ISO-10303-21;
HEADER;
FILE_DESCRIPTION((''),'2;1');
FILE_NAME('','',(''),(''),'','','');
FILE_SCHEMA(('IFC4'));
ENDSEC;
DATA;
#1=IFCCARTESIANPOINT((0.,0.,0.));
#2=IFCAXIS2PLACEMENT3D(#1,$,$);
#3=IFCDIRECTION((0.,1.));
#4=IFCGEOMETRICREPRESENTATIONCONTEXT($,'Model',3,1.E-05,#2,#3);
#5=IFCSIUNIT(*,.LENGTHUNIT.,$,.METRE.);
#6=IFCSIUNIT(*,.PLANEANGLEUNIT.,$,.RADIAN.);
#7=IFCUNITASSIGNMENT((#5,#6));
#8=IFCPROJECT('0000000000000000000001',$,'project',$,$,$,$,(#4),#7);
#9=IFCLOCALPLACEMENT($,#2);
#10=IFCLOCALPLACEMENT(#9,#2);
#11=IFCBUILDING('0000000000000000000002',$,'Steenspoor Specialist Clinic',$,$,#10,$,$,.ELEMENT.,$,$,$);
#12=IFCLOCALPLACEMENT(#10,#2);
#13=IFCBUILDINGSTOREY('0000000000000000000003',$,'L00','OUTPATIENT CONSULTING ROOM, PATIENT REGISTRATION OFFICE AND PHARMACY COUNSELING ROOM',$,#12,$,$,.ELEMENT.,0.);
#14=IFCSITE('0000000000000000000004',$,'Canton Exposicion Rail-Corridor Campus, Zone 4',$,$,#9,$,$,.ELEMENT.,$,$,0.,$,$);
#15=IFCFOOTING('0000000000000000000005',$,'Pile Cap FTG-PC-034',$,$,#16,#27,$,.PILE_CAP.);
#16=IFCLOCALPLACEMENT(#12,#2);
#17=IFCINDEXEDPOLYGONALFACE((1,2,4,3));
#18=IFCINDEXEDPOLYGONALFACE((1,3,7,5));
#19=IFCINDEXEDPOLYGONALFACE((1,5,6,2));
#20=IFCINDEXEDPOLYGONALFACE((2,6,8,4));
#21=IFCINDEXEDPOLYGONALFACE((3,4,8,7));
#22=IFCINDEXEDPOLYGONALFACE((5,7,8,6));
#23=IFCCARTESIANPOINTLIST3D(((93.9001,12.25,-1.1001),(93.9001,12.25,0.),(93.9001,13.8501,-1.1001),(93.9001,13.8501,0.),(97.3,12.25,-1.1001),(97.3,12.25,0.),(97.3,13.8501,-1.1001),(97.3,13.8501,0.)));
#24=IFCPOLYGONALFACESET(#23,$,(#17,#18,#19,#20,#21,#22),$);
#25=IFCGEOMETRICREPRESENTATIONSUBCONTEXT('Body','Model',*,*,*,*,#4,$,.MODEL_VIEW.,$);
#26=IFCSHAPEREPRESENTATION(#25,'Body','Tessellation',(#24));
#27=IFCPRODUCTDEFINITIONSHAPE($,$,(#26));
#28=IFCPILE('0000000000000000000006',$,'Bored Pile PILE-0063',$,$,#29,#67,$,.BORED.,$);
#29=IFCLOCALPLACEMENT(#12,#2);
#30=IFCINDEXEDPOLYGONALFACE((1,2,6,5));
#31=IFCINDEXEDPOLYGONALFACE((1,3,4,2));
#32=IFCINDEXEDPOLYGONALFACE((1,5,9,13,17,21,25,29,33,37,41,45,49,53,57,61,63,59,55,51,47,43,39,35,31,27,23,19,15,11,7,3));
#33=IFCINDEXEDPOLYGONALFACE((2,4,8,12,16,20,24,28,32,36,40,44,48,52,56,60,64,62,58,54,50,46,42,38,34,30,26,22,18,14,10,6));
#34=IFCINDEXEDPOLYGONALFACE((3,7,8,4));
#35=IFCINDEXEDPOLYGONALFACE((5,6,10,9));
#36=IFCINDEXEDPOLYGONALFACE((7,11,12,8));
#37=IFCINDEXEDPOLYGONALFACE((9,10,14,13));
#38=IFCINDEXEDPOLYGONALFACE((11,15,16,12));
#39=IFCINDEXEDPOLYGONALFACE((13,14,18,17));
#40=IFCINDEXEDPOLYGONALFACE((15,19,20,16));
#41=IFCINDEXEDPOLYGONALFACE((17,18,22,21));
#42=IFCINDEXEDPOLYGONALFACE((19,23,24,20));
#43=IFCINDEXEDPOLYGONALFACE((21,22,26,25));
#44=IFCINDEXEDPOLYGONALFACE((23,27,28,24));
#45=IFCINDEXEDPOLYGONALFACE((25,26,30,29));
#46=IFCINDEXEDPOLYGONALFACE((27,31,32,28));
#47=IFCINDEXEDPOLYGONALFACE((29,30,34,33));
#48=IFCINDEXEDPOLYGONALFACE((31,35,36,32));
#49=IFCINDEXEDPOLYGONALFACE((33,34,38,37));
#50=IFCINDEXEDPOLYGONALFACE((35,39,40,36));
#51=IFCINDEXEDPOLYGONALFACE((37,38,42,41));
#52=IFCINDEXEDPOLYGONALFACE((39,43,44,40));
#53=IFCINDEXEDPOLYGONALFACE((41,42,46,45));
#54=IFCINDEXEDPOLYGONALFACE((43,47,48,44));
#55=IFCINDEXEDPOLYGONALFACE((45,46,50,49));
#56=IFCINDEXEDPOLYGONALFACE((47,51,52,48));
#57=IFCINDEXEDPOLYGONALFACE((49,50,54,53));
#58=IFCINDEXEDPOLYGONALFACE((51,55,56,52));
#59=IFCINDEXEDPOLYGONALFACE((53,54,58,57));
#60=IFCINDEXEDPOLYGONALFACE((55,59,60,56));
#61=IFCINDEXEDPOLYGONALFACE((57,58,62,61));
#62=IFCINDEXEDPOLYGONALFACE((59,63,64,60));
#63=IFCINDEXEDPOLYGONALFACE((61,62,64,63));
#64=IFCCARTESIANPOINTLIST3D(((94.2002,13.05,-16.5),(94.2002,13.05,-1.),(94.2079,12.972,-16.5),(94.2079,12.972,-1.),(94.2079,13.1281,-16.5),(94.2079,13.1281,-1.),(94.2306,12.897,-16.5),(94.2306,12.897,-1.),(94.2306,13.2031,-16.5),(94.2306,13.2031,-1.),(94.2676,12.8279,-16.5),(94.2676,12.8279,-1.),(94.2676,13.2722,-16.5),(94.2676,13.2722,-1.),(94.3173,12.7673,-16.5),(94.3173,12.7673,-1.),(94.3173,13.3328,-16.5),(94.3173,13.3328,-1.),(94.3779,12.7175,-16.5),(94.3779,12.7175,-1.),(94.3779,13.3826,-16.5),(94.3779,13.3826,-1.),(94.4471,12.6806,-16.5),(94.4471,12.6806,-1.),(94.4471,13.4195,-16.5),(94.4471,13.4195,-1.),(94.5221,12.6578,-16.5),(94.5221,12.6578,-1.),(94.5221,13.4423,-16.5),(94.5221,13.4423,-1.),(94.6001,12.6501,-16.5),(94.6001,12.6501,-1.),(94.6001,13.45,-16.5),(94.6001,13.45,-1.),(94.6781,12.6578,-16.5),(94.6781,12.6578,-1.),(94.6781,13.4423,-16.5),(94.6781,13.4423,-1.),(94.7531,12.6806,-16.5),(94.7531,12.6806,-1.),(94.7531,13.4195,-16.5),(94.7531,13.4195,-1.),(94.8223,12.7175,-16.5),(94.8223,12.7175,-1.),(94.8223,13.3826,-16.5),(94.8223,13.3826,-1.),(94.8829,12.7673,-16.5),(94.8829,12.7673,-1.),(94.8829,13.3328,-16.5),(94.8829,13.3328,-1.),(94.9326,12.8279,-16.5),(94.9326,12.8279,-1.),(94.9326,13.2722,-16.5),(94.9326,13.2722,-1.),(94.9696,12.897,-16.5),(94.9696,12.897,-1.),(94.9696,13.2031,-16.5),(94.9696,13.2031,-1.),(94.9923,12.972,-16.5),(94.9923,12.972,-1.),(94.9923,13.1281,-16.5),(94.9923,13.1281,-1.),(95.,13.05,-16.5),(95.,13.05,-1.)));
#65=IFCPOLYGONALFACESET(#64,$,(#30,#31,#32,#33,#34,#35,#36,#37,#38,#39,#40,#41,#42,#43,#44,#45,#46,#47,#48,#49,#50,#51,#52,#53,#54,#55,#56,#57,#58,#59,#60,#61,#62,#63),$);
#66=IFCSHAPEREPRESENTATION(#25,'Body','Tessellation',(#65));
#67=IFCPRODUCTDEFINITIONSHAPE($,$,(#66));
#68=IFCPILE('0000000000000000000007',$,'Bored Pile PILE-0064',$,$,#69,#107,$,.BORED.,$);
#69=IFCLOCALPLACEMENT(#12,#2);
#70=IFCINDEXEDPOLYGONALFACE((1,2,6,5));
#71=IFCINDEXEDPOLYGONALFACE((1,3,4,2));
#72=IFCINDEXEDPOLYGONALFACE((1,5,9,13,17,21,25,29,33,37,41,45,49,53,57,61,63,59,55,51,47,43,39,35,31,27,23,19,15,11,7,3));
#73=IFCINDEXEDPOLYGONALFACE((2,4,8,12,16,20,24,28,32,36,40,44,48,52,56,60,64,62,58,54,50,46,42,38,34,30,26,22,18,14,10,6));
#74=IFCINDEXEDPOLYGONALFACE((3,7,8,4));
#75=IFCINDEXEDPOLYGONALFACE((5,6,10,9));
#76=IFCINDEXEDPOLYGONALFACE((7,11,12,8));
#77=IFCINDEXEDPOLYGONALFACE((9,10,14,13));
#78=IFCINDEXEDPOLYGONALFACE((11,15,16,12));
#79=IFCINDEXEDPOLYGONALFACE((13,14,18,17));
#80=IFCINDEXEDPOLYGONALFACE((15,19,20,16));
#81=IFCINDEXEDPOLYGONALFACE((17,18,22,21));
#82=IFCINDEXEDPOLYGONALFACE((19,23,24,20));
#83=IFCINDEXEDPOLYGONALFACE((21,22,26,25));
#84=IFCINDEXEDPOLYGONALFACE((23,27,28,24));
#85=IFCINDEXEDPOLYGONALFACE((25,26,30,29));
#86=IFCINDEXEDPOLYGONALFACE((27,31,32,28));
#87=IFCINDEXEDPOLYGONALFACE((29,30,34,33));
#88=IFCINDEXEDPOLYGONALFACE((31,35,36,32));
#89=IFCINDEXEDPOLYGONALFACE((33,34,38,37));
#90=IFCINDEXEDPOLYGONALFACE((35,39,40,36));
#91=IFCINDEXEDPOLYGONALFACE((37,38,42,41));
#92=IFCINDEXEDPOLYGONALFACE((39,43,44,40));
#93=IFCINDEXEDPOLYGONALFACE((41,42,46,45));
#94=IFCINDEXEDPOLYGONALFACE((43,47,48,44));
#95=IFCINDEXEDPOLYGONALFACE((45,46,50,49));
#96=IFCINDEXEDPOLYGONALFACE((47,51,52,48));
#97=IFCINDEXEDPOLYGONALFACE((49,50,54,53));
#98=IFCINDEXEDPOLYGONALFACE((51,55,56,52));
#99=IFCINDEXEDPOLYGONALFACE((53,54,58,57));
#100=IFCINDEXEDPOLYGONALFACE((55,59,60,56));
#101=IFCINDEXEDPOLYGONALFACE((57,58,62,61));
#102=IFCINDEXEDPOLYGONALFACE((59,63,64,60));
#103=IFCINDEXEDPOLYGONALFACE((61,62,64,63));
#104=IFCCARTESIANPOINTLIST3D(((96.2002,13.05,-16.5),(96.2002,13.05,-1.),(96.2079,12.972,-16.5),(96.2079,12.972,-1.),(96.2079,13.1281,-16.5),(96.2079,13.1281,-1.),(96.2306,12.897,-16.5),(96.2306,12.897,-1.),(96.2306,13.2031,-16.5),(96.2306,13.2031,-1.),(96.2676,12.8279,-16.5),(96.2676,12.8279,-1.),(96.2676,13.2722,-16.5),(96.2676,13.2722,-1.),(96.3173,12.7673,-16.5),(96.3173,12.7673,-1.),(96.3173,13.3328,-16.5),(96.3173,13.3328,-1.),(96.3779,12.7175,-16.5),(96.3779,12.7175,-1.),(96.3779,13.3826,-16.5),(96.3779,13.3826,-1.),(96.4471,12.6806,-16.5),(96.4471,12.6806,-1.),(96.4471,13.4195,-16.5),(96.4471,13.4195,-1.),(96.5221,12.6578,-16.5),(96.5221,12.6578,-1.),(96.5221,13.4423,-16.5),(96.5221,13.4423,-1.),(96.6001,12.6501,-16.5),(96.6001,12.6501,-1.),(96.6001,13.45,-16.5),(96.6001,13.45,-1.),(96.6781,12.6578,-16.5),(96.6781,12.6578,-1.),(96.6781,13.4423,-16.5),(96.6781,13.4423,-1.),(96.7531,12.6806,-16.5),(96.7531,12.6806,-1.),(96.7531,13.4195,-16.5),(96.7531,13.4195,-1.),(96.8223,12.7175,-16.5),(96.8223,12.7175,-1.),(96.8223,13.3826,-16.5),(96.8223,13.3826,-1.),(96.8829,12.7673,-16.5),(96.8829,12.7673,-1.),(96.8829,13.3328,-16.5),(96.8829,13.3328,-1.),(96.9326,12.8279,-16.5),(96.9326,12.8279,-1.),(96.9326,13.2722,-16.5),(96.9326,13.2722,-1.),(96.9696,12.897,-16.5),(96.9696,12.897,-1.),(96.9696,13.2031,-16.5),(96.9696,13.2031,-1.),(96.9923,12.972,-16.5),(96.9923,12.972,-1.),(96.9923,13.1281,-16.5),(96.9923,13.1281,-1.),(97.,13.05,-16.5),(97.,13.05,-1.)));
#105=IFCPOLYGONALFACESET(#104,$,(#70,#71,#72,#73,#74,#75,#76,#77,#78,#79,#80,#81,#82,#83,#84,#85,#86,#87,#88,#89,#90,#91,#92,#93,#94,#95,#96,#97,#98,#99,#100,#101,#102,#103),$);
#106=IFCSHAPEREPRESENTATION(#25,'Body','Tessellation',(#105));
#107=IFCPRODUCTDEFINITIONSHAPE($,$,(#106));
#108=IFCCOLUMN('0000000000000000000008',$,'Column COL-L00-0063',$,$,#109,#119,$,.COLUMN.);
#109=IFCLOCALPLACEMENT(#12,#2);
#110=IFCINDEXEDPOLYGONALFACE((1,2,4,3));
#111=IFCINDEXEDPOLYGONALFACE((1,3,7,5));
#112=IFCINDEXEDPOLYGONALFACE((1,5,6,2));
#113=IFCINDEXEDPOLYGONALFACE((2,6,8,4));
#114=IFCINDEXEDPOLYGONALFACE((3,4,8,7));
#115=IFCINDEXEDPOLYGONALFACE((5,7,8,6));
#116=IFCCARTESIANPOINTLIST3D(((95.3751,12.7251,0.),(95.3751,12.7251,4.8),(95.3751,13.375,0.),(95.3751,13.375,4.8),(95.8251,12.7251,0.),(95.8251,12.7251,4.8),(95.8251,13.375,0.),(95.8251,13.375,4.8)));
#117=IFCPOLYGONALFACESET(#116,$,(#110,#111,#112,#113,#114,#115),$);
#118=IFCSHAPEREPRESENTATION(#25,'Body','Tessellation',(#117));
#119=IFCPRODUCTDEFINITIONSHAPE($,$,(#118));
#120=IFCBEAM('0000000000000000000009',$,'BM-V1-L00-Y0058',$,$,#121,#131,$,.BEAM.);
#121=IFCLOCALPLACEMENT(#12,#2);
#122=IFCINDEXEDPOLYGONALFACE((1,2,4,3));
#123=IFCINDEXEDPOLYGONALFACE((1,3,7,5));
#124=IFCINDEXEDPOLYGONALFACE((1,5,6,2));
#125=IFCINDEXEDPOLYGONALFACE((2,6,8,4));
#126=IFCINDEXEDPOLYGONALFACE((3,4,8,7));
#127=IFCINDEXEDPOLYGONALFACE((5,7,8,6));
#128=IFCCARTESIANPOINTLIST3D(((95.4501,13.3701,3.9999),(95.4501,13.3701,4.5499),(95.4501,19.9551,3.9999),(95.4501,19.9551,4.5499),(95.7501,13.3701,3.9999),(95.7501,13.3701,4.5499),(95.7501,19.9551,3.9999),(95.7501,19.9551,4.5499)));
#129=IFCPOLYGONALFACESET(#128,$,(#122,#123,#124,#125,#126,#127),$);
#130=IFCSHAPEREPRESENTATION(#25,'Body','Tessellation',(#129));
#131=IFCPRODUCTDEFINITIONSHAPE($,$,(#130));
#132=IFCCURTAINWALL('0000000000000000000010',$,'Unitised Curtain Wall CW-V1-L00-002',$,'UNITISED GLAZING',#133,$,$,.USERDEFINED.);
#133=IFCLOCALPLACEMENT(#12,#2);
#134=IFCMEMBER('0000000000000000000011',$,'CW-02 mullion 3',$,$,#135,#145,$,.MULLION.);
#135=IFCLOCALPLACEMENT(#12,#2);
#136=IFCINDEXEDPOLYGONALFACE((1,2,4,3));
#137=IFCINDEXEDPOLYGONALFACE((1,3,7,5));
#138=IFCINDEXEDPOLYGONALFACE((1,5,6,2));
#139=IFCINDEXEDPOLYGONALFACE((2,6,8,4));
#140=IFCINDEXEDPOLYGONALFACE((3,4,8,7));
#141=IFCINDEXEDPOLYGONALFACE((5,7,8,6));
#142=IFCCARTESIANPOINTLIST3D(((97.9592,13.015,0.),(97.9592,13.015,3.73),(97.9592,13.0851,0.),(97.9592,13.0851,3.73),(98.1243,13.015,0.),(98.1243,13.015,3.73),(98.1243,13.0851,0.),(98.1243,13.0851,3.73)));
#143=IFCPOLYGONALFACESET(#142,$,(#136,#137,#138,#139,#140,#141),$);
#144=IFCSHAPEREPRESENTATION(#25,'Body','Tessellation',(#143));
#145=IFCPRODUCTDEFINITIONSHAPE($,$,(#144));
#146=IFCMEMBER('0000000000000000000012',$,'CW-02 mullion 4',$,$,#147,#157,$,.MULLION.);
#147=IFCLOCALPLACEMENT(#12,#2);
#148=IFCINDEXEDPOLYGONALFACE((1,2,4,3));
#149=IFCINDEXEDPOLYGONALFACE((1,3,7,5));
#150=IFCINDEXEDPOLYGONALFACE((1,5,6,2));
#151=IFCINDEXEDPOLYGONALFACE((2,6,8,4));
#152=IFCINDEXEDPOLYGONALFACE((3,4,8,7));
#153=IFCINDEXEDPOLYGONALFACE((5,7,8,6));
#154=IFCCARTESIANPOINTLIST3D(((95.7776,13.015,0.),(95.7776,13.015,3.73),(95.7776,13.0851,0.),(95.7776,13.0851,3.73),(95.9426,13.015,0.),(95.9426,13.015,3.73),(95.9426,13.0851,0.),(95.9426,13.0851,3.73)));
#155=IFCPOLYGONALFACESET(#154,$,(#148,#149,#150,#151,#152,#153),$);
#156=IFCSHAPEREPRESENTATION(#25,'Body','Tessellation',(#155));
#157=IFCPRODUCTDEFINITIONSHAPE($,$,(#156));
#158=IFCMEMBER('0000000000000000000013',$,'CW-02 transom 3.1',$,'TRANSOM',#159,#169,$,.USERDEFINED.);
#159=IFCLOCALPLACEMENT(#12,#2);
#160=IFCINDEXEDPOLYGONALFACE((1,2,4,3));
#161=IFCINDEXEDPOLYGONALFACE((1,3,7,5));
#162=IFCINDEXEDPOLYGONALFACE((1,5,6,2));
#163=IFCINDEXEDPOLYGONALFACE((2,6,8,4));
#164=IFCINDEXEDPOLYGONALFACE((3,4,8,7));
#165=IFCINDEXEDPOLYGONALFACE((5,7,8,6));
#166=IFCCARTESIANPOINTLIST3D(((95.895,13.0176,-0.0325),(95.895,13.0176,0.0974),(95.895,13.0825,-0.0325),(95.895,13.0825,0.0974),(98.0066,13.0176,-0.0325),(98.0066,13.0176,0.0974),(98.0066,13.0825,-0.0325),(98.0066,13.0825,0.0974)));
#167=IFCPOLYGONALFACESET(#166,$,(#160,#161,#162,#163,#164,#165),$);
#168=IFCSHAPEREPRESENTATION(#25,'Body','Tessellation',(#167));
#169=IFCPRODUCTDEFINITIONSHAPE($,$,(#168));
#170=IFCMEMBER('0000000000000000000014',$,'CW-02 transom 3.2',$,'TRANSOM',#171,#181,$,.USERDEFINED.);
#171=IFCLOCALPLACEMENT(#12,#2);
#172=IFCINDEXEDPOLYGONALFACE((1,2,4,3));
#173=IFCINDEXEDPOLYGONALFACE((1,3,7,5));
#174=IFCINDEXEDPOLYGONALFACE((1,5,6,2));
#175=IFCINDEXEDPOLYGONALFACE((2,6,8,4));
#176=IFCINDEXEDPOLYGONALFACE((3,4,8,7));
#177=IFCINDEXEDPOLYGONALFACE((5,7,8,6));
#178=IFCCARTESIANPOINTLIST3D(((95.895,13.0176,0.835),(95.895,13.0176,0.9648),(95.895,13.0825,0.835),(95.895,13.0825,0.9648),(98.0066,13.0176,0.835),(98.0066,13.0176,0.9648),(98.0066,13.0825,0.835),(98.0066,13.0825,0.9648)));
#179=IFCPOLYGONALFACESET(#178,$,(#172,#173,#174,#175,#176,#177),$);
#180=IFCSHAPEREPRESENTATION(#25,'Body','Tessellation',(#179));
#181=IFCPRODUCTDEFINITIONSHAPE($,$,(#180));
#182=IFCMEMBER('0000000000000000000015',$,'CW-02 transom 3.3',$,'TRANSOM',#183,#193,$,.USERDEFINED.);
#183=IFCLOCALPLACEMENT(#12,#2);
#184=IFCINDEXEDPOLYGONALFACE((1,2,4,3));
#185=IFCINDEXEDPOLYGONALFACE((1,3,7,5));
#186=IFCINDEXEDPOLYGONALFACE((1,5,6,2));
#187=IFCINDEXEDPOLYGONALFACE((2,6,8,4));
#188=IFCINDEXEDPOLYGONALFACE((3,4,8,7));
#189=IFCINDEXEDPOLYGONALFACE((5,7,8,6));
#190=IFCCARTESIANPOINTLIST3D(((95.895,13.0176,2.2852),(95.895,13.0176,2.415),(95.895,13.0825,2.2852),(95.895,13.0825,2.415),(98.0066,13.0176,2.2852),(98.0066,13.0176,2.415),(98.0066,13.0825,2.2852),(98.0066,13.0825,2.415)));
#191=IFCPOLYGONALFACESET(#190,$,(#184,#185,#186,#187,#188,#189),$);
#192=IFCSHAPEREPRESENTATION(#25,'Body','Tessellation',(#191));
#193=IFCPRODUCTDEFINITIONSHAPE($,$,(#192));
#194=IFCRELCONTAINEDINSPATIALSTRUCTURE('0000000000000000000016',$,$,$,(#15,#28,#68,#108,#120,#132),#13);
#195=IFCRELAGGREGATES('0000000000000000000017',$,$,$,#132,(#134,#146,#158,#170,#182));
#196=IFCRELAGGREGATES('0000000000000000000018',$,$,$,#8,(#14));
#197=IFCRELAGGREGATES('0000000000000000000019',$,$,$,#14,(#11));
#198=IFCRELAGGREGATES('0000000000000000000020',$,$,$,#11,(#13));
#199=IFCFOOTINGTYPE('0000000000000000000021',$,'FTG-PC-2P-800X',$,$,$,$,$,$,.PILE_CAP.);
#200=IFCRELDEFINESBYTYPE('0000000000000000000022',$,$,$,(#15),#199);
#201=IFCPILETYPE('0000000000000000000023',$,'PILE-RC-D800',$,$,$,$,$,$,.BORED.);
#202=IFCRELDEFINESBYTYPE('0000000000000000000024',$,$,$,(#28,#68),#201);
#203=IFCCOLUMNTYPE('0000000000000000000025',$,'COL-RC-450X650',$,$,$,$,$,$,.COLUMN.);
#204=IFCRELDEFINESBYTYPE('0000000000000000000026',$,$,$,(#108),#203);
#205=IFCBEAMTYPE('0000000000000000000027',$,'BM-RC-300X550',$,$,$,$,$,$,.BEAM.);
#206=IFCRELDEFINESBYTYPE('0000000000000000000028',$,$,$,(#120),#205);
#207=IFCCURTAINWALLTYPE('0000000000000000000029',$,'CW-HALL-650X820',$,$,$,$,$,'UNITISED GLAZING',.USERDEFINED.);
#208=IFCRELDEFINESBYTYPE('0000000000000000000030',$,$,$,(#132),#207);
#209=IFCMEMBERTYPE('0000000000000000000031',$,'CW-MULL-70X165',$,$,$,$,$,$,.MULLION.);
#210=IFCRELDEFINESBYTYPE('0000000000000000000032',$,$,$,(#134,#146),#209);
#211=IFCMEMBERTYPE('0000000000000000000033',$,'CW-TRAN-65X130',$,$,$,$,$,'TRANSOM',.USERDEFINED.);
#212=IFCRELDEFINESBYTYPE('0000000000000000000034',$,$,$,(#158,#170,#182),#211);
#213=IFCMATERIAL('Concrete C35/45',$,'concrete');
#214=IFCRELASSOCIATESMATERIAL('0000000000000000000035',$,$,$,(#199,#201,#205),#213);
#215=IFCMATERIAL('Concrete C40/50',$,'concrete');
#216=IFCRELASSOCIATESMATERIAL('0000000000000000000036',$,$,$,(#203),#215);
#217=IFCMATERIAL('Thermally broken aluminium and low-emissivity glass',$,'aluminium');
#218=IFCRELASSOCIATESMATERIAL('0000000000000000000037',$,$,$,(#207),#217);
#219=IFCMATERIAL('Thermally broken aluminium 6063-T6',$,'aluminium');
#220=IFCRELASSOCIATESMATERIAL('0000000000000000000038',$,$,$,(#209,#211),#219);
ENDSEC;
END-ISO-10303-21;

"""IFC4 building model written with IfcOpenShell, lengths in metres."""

from ifc_helpers import new_model, si_unit, direction, frame, origin, origin_2d, place, context, subcontext, project, spatial, rectangle, circle, extrude, material, material_profile, profile_set, type_object, element, aggregate, save


model = new_model("IFC4")

# Units and contexts
model_context = context("Model", 3, precision=1e-05, world=origin(), true_north=direction((0.0, 1.0)))
body_context = subcontext(model_context, "Body", "Model", "MODEL_VIEW")
ifc_project = project(units=[si_unit("LENGTHUNIT", "METRE"), si_unit("PLANEANGLEUNIT", "RADIAN")], contexts=[model_context])

# Site, building, storey
site_placement = place(None, origin())
site = spatial("IfcSite", under=ifc_project, at=site_placement, Name="Canton Exposicion Rail-Corridor Campus, Zone 4", CompositionType="ELEMENT", RefElevation=0.0)
building_placement = place(site_placement, origin())
building = spatial("IfcBuilding", under=site, at=building_placement, Name="Steenspoor Specialist Clinic", CompositionType="ELEMENT")
storey_placement = place(building_placement, origin())
storey = spatial("IfcBuildingStorey", under=building, at=storey_placement, Name="L00", Description="OUTPATIENT CONSULTING ROOM, PATIENT REGISTRATION OFFICE AND PHARMACY COUNSELING ROOM", CompositionType="ELEMENT", Elevation=0.0)

# Footing
ifc_material_1 = material(Name="Concrete C35/45", Category="concrete")
footing_type = type_object("IfcFootingType", Name="FTG-PC-2P-800X", PredefinedType="PILE_CAP", material=ifc_material_1)
footing_placement = place(storey_placement, frame((95.6001, 13.05, -1.1001), z_axis=(0.0, 0.0, 1.0), x_axis=(1.0, 0.0, 0.0)))
element("IfcFooting", 1, at=footing_placement, inside=storey, type_object=footing_type, Name="Pile Cap FTG-PC-034", PredefinedType="PILE_CAP", context=body_context, shape_type="SweptSolid", body=[
    extrude(rectangle(XDim=3.3999, YDim=1.6001, at=origin_2d()), origin(), (0.0, 0.0, 1.0), 1.1001),
])

# Piles
ifc_material_profile_1 = material_profile(ifc_material_1, circle(Radius=0.3999, at=origin_2d()), Name="PILE-D800")
ifc_profile_set_1 = profile_set([ifc_material_profile_1], Name="Concrete C35/45")
pile_type = type_object("IfcPileType", Name="PILE-RC-D800", PredefinedType="BORED", material=ifc_profile_set_1)
for number, where, z_axis, x_axis, name in (
    (2, (94.6001, 13.05, -1.0), (0.0, 0.0, -1.0), (1.0, 0.0, 0.0), "Bored Pile PILE-0063"),
    (3, (96.6001, 13.05, -1.0), (0.0, 0.0, -1.0), (1.0, 0.0, 0.0), "Bored Pile PILE-0064"),
):
    element("IfcPile", number, at=place(storey_placement, frame(where, z_axis=z_axis, x_axis=x_axis)), inside=storey, type_object=pile_type, Name=name, PredefinedType="BORED", context=body_context, shape_type="SweptSolid", body=[
        extrude(circle(Radius=0.3999, at=origin_2d()), origin(), (0.0, 0.0, 1.0), 15.5),
    ])

# Column
ifc_material_2 = material(Name="Concrete C40/50", Category="concrete")
ifc_material_profile_2 = material_profile(ifc_material_2, rectangle(XDim=0.45, YDim=0.6499, at=origin_2d()), Name="RC-COL-450X650")
ifc_profile_set_2 = profile_set([ifc_material_profile_2], Name="Concrete C40/50")
column_type = type_object("IfcColumnType", Name="COL-RC-450X650", PredefinedType="COLUMN", material=ifc_profile_set_2)
column_placement = place(storey_placement, frame((95.6001, 13.05, 0.0), z_axis=(0.0, 0.0, 1.0), x_axis=(1.0, 0.0, 0.0)))
element("IfcColumn", 4, at=column_placement, inside=storey, type_object=column_type, Name="Column COL-L00-0063", PredefinedType="COLUMN", context=body_context, shape_type="SweptSolid", body=[
    extrude(rectangle(XDim=0.45, YDim=0.6499, at=origin_2d()), origin(), (0.0, 0.0, 1.0), 4.8),
])

# Beam
ifc_material_profile_3 = material_profile(ifc_material_1, rectangle(XDim=0.3, YDim=0.55, at=origin_2d()), Name="RC-BM-300X550")
ifc_profile_set_3 = profile_set([ifc_material_profile_3], Name="Concrete C35/45")
beam_type_1 = type_object("IfcBeamType", Name="BM-RC-300X550", PredefinedType="BEAM", material=ifc_profile_set_3)
beam_1_placement = place(storey_placement, frame((95.6001, 13.3701, 4.2749), z_axis=(0.0, 1.0, 0.0), x_axis=(-1.0, 0.0, 0.0)))
element("IfcBeam", 5, at=beam_1_placement, inside=storey, type_object=beam_type_1, Name="BM-V1-L00-Y0058", PredefinedType="BEAM", context=body_context, shape_type="SweptSolid", body=[
    extrude(rectangle(XDim=0.3, YDim=0.55, at=origin_2d()), origin(), (0.0, 0.0, 1.0), 6.585),
])

# Curtain wall, members
ifc_material_3 = material(Name="Thermally broken aluminium and low-emissivity glass", Category="aluminium")
curtain_wall_type = type_object("IfcCurtainWallType", Name="CW-HALL-650X820", ElementType="UNITISED GLAZING", PredefinedType="USERDEFINED", material=ifc_material_3)
curtain_wall_placement = place(storey_placement, origin())
curtain_wall = element("IfcCurtainWall", 6, at=curtain_wall_placement, inside=storey, type_object=curtain_wall_type, Name="Unitised Curtain Wall CW-V1-L00-002", ObjectType="UNITISED GLAZING", PredefinedType="USERDEFINED")
ifc_material_4 = material(Name="Thermally broken aluminium 6063-T6", Category="aluminium")
ifc_material_profile_4 = material_profile(ifc_material_4, rectangle(XDim=0.0701, YDim=0.165, at=origin_2d()), Name="CWM-70X165")
ifc_profile_set_4 = profile_set([ifc_material_profile_4], Name="Thermally broken aluminium 6063-T6")
member_type_1 = type_object("IfcMemberType", Name="CW-MULL-70X165", PredefinedType="MULLION", material=ifc_profile_set_4)
member_1_placement = place(storey_placement, frame((98.0417, 13.05, 0.0), z_axis=(0.0, 0.0, 1.0), x_axis=(0.0, -1.0, 0.0)))
member_1 = element("IfcMember", 7, at=member_1_placement, type_object=member_type_1, Name="CW-02 mullion 3", PredefinedType="MULLION", context=body_context, shape_type="SweptSolid", body=[
    extrude(rectangle(XDim=0.0701, YDim=0.165, at=origin_2d()), origin(), (0.0, 0.0, 1.0), 3.73),
])
member_2_placement = place(storey_placement, frame((95.8601, 13.05, 0.0), z_axis=(0.0, 0.0, 1.0), x_axis=(0.0, -1.0, 0.0)))
member_2 = element("IfcMember", 8, at=member_2_placement, type_object=member_type_1, Name="CW-02 mullion 4", PredefinedType="MULLION", context=body_context, shape_type="SweptSolid", body=[
    extrude(rectangle(XDim=0.0701, YDim=0.165, at=origin_2d()), origin(), (0.0, 0.0, 1.0), 3.73),
])
ifc_material_profile_5 = material_profile(ifc_material_4, rectangle(XDim=0.0649, YDim=0.1299, at=origin_2d()), Name="CWT-65X130")
ifc_profile_set_5 = profile_set([ifc_material_profile_5], Name="Thermally broken aluminium 6063-T6")
member_type_2 = type_object("IfcMemberType", Name="CW-TRAN-65X130", ElementType="TRANSOM", PredefinedType="USERDEFINED", material=ifc_profile_set_5)
member_3_placement = place(storey_placement, frame((98.0066, 13.05, 0.0325), z_axis=(-1.0, 0.0, 0.0), x_axis=(0.0, -1.0, 0.0)))
member_3 = element("IfcMember", 9, at=member_3_placement, type_object=member_type_2, Name="CW-02 transom 3.1", ObjectType="TRANSOM", PredefinedType="USERDEFINED", context=body_context, shape_type="SweptSolid", body=[
    extrude(rectangle(XDim=0.0649, YDim=0.1299, at=origin_2d()), origin(), (0.0, 0.0, 1.0), 2.1116),
])
member_4_placement = place(storey_placement, frame((98.0066, 13.05, 0.8999), z_axis=(-1.0, 0.0, 0.0), x_axis=(0.0, -1.0, 0.0)))
member_4 = element("IfcMember", 10, at=member_4_placement, type_object=member_type_2, Name="CW-02 transom 3.2", ObjectType="TRANSOM", PredefinedType="USERDEFINED", context=body_context, shape_type="SweptSolid", body=[
    extrude(rectangle(XDim=0.0649, YDim=0.1299, at=origin_2d()), origin(), (0.0, 0.0, 1.0), 2.1116),
])
member_5_placement = place(storey_placement, frame((98.0066, 13.05, 2.3501), z_axis=(-1.0, 0.0, 0.0), x_axis=(0.0, -1.0, 0.0)))
member_5 = element("IfcMember", 11, at=member_5_placement, type_object=member_type_2, Name="CW-02 transom 3.3", ObjectType="TRANSOM", PredefinedType="USERDEFINED", context=body_context, shape_type="SweptSolid", body=[
    extrude(rectangle(XDim=0.0649, YDim=0.1299, at=origin_2d()), origin(), (0.0, 0.0, 1.0), 2.1116),
])

aggregate(curtain_wall, [member_1, member_2, member_3, member_4, member_5])

save(model, "model.ifc")
